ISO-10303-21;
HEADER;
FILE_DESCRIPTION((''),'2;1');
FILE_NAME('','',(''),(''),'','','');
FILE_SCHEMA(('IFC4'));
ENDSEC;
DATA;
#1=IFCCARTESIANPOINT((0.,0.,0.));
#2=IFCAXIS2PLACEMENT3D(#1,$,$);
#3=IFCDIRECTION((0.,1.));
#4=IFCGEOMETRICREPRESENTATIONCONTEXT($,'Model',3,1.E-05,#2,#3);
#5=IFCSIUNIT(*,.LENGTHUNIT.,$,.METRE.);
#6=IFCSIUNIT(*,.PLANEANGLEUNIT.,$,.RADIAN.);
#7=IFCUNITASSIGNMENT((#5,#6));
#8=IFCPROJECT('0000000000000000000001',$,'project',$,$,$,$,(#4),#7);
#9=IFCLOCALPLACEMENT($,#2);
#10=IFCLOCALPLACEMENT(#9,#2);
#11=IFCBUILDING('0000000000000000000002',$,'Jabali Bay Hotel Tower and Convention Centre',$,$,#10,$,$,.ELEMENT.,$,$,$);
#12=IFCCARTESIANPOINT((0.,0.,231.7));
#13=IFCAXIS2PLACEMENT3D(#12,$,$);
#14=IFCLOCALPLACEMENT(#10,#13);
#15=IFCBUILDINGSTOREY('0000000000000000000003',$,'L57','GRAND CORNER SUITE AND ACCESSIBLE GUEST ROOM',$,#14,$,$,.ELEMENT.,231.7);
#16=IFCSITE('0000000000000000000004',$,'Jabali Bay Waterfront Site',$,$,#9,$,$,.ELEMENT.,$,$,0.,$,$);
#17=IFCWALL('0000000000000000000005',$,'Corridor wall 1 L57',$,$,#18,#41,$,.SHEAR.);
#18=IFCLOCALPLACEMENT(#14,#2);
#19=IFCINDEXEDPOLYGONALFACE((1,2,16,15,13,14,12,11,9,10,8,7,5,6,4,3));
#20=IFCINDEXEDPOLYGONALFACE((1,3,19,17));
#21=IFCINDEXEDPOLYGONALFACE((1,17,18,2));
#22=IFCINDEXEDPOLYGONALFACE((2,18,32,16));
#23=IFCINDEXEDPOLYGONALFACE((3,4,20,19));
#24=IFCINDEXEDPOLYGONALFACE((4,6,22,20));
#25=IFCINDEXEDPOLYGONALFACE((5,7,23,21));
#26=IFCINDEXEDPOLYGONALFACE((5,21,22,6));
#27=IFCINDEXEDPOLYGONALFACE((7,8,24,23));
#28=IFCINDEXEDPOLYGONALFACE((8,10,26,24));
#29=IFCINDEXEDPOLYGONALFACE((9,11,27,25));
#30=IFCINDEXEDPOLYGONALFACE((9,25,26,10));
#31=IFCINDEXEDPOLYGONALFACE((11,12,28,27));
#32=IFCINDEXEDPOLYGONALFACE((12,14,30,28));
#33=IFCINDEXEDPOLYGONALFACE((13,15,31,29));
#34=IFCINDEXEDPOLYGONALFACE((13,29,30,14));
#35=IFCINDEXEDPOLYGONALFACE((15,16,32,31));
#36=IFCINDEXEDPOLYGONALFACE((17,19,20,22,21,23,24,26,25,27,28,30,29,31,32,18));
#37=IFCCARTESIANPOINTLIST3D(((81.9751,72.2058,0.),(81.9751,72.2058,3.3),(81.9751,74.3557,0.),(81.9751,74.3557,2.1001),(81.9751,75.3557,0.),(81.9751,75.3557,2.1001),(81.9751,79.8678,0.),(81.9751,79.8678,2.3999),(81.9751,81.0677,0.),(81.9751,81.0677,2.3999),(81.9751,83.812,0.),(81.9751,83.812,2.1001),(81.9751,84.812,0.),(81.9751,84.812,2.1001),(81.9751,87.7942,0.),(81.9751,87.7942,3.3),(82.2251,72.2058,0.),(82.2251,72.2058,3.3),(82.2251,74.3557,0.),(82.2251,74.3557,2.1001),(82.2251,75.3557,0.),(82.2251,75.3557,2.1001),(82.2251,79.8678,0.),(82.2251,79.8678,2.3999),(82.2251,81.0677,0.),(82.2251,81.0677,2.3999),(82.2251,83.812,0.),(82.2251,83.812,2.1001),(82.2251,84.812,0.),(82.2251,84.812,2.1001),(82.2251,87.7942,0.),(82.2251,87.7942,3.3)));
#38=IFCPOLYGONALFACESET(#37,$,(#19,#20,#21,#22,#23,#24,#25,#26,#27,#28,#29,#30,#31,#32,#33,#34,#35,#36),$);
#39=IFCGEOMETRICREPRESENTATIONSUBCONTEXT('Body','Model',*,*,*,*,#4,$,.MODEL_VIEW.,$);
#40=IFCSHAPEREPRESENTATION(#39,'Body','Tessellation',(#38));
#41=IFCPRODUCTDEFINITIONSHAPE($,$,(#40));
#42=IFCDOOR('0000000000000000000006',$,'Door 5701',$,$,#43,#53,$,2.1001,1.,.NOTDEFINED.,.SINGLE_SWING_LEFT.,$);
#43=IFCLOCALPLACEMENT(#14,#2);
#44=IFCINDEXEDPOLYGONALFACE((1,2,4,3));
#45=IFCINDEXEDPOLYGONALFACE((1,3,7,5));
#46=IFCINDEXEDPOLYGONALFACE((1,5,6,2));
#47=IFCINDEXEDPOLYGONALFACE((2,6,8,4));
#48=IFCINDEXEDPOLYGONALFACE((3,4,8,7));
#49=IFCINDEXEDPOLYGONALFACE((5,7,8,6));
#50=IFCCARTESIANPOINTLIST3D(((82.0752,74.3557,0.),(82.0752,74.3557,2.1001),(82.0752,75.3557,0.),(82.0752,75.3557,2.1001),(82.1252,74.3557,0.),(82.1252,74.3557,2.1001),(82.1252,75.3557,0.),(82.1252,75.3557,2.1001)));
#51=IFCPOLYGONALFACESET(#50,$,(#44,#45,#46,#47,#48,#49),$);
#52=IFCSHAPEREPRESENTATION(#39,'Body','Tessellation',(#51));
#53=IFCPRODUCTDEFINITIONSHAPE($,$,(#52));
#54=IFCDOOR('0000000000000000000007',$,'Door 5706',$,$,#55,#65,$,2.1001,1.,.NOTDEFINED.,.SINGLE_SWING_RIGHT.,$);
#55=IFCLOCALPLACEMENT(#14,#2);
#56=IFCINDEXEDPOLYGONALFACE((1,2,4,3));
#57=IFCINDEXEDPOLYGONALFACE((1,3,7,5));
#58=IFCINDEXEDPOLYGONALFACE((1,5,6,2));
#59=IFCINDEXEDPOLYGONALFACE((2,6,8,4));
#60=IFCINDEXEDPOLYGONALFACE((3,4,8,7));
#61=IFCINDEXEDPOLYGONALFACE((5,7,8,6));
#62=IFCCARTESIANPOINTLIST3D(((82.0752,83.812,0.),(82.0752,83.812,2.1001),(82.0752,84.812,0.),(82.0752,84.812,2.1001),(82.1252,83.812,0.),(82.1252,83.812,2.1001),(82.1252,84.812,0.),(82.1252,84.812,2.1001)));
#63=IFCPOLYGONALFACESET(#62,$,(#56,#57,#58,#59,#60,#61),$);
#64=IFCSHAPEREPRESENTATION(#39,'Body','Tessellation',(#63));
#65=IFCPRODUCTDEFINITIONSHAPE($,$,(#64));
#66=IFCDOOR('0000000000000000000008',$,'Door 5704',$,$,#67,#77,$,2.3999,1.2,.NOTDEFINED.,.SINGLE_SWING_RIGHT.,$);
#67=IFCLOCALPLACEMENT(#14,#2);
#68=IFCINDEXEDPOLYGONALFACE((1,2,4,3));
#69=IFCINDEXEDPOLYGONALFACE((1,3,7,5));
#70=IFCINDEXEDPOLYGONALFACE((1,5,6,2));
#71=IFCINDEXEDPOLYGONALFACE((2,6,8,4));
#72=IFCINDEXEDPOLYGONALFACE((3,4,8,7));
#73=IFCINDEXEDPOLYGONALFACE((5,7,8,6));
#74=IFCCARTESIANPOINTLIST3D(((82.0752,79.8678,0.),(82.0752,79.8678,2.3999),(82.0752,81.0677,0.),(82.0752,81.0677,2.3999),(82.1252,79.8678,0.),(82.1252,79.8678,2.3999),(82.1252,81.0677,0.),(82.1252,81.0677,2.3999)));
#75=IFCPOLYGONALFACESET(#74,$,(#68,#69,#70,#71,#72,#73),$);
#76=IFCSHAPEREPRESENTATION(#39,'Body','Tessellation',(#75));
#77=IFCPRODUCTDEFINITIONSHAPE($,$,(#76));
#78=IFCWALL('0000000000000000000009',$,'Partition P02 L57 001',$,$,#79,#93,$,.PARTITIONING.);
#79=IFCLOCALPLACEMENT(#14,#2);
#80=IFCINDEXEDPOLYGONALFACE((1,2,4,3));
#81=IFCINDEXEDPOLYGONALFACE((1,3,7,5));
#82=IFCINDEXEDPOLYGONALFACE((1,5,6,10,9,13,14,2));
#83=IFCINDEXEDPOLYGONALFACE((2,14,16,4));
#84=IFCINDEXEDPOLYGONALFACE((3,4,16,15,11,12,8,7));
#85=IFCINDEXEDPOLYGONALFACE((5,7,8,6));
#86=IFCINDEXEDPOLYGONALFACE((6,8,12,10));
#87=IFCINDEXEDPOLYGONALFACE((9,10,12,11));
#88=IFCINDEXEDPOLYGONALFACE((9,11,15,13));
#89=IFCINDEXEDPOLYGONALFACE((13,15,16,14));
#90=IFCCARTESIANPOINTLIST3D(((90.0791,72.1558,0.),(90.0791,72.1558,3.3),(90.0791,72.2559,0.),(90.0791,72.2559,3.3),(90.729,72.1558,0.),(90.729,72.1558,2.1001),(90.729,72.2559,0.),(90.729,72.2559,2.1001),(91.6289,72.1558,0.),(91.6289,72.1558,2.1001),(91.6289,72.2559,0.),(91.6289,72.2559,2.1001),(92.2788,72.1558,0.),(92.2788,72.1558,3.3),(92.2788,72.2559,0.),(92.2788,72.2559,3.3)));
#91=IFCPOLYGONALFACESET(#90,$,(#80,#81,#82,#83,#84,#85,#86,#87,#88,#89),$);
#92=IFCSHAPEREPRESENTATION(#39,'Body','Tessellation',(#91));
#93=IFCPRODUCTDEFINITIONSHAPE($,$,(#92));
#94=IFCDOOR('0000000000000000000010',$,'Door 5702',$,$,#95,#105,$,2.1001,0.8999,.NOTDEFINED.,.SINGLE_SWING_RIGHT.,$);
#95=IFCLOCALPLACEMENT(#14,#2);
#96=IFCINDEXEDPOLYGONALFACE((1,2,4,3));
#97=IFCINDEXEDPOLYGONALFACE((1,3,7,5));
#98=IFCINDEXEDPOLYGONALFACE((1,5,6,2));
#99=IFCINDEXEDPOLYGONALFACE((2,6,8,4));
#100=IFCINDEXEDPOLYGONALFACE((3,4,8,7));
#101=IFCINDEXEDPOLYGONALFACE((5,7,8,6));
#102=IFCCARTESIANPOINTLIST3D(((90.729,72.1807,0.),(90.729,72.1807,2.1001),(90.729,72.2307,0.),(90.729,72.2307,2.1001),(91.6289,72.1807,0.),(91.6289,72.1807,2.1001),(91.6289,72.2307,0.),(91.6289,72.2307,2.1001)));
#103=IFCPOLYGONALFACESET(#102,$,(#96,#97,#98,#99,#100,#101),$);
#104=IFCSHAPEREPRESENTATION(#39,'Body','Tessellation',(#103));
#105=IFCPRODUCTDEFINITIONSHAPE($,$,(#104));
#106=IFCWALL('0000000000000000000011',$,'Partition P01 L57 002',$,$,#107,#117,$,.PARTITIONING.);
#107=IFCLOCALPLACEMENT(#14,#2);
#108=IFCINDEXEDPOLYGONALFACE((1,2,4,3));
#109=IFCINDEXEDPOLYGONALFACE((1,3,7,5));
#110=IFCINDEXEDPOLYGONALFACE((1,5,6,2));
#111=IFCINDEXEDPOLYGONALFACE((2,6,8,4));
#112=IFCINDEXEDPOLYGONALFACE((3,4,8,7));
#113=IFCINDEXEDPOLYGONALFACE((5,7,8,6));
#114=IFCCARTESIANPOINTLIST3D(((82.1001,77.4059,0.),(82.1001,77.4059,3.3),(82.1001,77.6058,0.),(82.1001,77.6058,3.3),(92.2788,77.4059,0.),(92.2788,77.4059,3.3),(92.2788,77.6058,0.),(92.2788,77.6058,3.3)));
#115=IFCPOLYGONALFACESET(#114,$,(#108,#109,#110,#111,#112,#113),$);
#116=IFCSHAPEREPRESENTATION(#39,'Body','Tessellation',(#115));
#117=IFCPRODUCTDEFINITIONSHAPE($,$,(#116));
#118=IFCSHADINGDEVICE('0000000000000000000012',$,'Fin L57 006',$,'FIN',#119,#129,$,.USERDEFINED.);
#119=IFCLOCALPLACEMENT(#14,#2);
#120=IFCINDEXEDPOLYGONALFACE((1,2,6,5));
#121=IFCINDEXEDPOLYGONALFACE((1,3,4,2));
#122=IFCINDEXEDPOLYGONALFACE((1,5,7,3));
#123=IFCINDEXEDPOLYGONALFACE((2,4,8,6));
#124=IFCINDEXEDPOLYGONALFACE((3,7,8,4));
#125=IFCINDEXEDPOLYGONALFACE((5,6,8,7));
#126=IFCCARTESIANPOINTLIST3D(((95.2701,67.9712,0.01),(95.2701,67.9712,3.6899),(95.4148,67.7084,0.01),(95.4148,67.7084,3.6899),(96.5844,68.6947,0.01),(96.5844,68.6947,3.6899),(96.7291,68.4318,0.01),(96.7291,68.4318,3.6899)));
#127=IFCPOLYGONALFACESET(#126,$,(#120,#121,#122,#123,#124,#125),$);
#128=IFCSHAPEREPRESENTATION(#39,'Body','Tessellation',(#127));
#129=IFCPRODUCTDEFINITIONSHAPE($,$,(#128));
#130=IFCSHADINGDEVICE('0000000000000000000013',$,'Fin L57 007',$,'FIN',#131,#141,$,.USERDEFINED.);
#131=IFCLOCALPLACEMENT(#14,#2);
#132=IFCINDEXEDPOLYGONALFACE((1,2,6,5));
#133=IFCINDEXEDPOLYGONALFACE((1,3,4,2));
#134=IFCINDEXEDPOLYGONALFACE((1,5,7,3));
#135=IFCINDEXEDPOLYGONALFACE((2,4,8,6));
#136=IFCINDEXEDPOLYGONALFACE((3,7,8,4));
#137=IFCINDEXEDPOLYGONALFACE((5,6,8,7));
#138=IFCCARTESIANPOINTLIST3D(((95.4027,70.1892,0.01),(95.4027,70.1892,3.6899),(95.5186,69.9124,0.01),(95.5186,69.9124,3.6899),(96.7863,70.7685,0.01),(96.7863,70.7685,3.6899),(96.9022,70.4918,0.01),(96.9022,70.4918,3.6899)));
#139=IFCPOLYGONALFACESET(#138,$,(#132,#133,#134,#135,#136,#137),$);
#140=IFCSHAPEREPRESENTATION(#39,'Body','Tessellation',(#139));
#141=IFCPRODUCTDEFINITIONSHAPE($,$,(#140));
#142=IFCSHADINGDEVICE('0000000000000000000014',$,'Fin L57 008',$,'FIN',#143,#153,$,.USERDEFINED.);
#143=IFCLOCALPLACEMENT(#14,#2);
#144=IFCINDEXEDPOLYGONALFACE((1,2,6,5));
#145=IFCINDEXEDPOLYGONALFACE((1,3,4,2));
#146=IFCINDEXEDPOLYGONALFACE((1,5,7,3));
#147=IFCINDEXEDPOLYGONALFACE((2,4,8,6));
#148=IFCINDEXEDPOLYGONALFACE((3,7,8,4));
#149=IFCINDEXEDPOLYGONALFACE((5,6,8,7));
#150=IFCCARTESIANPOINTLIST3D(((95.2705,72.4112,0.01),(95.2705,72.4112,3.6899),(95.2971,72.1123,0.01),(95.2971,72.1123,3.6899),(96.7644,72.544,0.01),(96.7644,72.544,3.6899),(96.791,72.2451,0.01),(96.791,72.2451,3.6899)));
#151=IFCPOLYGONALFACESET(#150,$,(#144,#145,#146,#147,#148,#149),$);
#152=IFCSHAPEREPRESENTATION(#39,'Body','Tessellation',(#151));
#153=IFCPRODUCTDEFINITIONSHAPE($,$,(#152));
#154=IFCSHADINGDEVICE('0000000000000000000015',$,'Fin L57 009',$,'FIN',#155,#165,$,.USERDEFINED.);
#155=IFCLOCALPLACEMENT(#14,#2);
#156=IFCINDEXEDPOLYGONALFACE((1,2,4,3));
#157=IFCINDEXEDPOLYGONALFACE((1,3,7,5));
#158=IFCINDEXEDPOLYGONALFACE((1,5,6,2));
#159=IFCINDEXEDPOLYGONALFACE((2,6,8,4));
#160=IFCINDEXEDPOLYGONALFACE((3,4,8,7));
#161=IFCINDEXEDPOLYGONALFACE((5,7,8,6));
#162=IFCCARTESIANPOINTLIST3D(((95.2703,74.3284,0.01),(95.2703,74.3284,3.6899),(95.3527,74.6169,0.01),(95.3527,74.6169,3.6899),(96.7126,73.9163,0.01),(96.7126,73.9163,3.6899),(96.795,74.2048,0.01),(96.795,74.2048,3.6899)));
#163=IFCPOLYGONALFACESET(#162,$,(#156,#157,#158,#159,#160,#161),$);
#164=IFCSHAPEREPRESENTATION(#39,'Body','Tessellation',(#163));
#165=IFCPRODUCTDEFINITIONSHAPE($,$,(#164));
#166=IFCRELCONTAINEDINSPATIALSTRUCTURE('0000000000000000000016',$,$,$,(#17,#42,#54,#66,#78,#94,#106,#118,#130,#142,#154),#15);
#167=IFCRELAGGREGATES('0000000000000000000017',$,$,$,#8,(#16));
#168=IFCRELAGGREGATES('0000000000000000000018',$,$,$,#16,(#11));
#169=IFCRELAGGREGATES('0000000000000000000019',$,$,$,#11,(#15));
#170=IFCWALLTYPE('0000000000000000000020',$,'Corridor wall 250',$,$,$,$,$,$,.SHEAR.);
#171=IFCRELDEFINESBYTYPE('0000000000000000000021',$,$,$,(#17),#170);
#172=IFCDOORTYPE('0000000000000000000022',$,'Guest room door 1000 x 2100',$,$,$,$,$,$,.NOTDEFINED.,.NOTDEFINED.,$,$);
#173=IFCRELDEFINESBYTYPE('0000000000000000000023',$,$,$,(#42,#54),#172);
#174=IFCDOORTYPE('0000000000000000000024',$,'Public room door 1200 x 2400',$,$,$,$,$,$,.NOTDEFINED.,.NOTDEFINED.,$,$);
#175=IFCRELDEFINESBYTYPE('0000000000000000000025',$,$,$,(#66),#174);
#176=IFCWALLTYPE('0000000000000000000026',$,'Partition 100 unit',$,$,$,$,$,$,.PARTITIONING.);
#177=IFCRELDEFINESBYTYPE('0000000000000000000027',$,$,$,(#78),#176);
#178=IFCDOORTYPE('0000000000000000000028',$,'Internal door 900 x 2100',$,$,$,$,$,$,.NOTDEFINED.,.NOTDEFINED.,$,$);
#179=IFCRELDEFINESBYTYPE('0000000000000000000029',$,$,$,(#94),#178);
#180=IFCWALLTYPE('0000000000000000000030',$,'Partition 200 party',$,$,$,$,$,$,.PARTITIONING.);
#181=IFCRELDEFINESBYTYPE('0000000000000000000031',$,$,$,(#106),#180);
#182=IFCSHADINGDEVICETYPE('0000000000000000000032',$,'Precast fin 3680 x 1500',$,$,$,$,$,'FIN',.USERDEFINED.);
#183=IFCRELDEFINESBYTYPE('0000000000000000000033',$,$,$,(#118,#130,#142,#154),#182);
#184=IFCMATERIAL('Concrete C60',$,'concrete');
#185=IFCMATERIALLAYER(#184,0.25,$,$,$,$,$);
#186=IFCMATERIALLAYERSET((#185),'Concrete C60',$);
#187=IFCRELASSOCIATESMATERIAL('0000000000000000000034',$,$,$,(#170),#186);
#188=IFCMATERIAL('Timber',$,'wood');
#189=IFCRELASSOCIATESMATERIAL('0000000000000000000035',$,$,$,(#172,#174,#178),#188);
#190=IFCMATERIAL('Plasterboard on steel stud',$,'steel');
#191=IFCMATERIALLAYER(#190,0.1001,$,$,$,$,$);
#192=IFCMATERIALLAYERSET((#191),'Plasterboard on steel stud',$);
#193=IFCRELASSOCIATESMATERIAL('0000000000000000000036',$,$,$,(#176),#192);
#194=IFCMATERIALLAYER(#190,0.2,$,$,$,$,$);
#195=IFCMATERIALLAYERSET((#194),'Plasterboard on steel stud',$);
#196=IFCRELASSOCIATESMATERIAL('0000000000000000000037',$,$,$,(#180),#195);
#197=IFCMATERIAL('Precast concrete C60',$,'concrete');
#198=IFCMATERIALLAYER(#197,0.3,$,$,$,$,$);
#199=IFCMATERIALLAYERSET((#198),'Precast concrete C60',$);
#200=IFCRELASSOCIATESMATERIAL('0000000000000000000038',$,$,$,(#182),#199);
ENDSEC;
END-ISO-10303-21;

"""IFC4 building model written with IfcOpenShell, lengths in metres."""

from ifc_helpers import new_model, si_unit, direction, frame, frame_2d, origin, place, context, subcontext, project, spatial, rectangle, extrude, material, layer, layer_set, type_object, element, fill, save


model = new_model("IFC4")

# Units and contexts
model_context = context("Model", 3, precision=1e-05, world=origin(), true_north=direction((0.0, 1.0)))
body_context = subcontext(model_context, "Body", "Model", "MODEL_VIEW")
ifc_project = project(units=[si_unit("LENGTHUNIT", "METRE"), si_unit("PLANEANGLEUNIT", "RADIAN")], contexts=[model_context])

# Site, building, storey
site_placement = place(None, origin())
site = spatial("IfcSite", under=ifc_project, at=site_placement, Name="Jabali Bay Waterfront Site", CompositionType="ELEMENT", RefElevation=0.0)
building_placement = place(site_placement, origin())
building = spatial("IfcBuilding", under=site, at=building_placement, Name="Jabali Bay Hotel Tower and Convention Centre", CompositionType="ELEMENT")
storey_placement = place(building_placement, frame((0.0, 0.0, 231.7)))
storey = spatial("IfcBuildingStorey", under=building, at=storey_placement, Name="L57", Description="GRAND CORNER SUITE AND ACCESSIBLE GUEST ROOM", CompositionType="ELEMENT", Elevation=231.7)

# Shared definitions
ifc_material_1 = material(Name="Concrete C60", Category="concrete")

# Wall, openings, doors
ifc_layer_1 = layer(ifc_material_1, 0.25)
ifc_layer_set_1 = layer_set([ifc_layer_1], Name="Concrete C60")
wall_type_1 = type_object("IfcWallType", Name="Corridor wall 250", PredefinedType="SHEAR", material=ifc_layer_set_1)
wall_1_placement = place(storey_placement, frame((82.1001, 72.2058, 0.0), z_axis=(0.0, 0.0, 1.0), x_axis=(0.0, 1.0, 0.0)))
wall_1 = element("IfcWall", 1, at=wall_1_placement, inside=storey, type_object=wall_type_1, Name="Corridor wall 1 L57", PredefinedType="SHEAR", context=body_context, shape_type="SweptSolid", body=[
    extrude(rectangle(XDim=15.5884, YDim=0.25, at=frame_2d((7.7942, 0.0))), origin(), (0.0, 0.0, 1.0), 3.3),
])
opening_1_placement = place(wall_1_placement, frame((2.1499, 0.0, 0.0)))
opening_1 = element("IfcOpeningElement", 2, at=opening_1_placement, cuts=wall_1, PredefinedType="OPENING", context=body_context, shape_type="SweptSolid", body=[
    extrude(rectangle(XDim=1.0, YDim=2.1001, at=frame_2d((0.5, 1.05))), frame((0.0, 0.1355, 0.0), z_axis=(0.0, -1.0, 0.0), x_axis=(1.0, 0.0, 0.0)), (0.0, 0.0, 1.0), 0.271),
])
opening_2_placement = place(wall_1_placement, frame((7.6619, 0.0, 0.0)))
opening_2 = element("IfcOpeningElement", 3, at=opening_2_placement, cuts=wall_1, PredefinedType="OPENING", context=body_context, shape_type="SweptSolid", body=[
    extrude(rectangle(XDim=1.2, YDim=2.3999, at=frame_2d((0.6001, 1.2))), frame((0.0, 0.1355, 0.0), z_axis=(0.0, -1.0, 0.0), x_axis=(1.0, 0.0, 0.0)), (0.0, 0.0, 1.0), 0.271),
])
opening_3_placement = place(wall_1_placement, frame((11.6062, 0.0, 0.0)))
opening_3 = element("IfcOpeningElement", 4, at=opening_3_placement, cuts=wall_1, PredefinedType="OPENING", context=body_context, shape_type="SweptSolid", body=[
    extrude(rectangle(XDim=1.0, YDim=2.1001, at=frame_2d((0.5, 1.05))), frame((0.0, 0.1355, 0.0), z_axis=(0.0, -1.0, 0.0), x_axis=(1.0, 0.0, 0.0)), (0.0, 0.0, 1.0), 0.271),
])
ifc_material_2 = material(Name="Timber", Category="wood")
door_type_1 = type_object("IfcDoorType", Name="Guest room door 1000 x 2100", OperationType="NOTDEFINED", PredefinedType="NOTDEFINED", material=ifc_material_2)
door_1_placement = place(opening_1_placement, origin())
door_1 = element("IfcDoor", 5, at=door_1_placement, inside=storey, type_object=door_type_1, Name="Door 5701", OperationType="SINGLE_SWING_LEFT", OverallHeight=2.1001, OverallWidth=1.0, PredefinedType="NOTDEFINED", context=body_context, shape_type="SweptSolid", body=[
    extrude(rectangle(XDim=1.0, YDim=2.1001, at=frame_2d((0.5, 1.05))), frame((0.0, 0.0249, 0.0), z_axis=(0.0, -1.0, 0.0), x_axis=(1.0, 0.0, 0.0)), (0.0, 0.0, 1.0), 0.05),
])
fill(opening_1, door_1)
door_2_placement = place(opening_3_placement, origin())
door_2 = element("IfcDoor", 6, at=door_2_placement, inside=storey, type_object=door_type_1, Name="Door 5706", OperationType="SINGLE_SWING_RIGHT", OverallHeight=2.1001, OverallWidth=1.0, PredefinedType="NOTDEFINED", context=body_context, shape_type="SweptSolid", body=[
    extrude(rectangle(XDim=1.0, YDim=2.1001, at=frame_2d((0.5, 1.05))), frame((0.0, 0.0249, 0.0), z_axis=(0.0, -1.0, 0.0), x_axis=(1.0, 0.0, 0.0)), (0.0, 0.0, 1.0), 0.05),
])
fill(opening_3, door_2)
door_type_2 = type_object("IfcDoorType", Name="Public room door 1200 x 2400", OperationType="NOTDEFINED", PredefinedType="NOTDEFINED", material=ifc_material_2)
door_3_placement = place(opening_2_placement, origin())
door_3 = element("IfcDoor", 7, at=door_3_placement, inside=storey, type_object=door_type_2, Name="Door 5704", OperationType="SINGLE_SWING_RIGHT", OverallHeight=2.3999, OverallWidth=1.2, PredefinedType="NOTDEFINED", context=body_context, shape_type="SweptSolid", body=[
    extrude(rectangle(XDim=1.2, YDim=2.3999, at=frame_2d((0.6001, 1.2))), frame((0.0, 0.0249, 0.0), z_axis=(0.0, -1.0, 0.0), x_axis=(1.0, 0.0, 0.0)), (0.0, 0.0, 1.0), 0.05),
])
fill(opening_2, door_3)

# Wall, opening, door
ifc_material_3 = material(Name="Plasterboard on steel stud", Category="steel")
ifc_layer_2 = layer(ifc_material_3, 0.1001)
ifc_layer_set_2 = layer_set([ifc_layer_2], Name="Plasterboard on steel stud")
wall_type_2 = type_object("IfcWallType", Name="Partition 100 unit", PredefinedType="PARTITIONING", material=ifc_layer_set_2)
wall_2_placement = place(storey_placement, frame((90.0791, 72.2058, 0.0), z_axis=(0.0, 0.0, 1.0), x_axis=(1.0, 0.0, 0.0)))
wall_2 = element("IfcWall", 8, at=wall_2_placement, inside=storey, type_object=wall_type_2, Name="Partition P02 L57 001", PredefinedType="PARTITIONING", context=body_context, shape_type="SweptSolid", body=[
    extrude(rectangle(XDim=2.1997, YDim=0.1001, at=frame_2d((1.0999, 0.0))), origin(), (0.0, 0.0, 1.0), 3.3),
])
opening_4_placement = place(wall_2_placement, frame((0.6499, 0.0, 0.0)))
opening_4 = element("IfcOpeningElement", 9, at=opening_4_placement, cuts=wall_2, PredefinedType="OPENING", context=body_context, shape_type="SweptSolid", body=[
    extrude(rectangle(XDim=0.8999, YDim=2.1001, at=frame_2d((0.45, 1.05))), frame((0.0, 0.0605, 0.0), z_axis=(0.0, -1.0, 0.0), x_axis=(1.0, 0.0, 0.0)), (0.0, 0.0, 1.0), 0.1211),
])
door_type_3 = type_object("IfcDoorType", Name="Internal door 900 x 2100", OperationType="NOTDEFINED", PredefinedType="NOTDEFINED", material=ifc_material_2)
door_4_placement = place(opening_4_placement, origin())
door_4 = element("IfcDoor", 10, at=door_4_placement, inside=storey, type_object=door_type_3, Name="Door 5702", OperationType="SINGLE_SWING_RIGHT", OverallHeight=2.1001, OverallWidth=0.8999, PredefinedType="NOTDEFINED", context=body_context, shape_type="SweptSolid", body=[
    extrude(rectangle(XDim=0.8999, YDim=2.1001, at=frame_2d((0.45, 1.05))), frame((0.0, 0.0249, 0.0), z_axis=(0.0, -1.0, 0.0), x_axis=(1.0, 0.0, 0.0)), (0.0, 0.0, 1.0), 0.05),
])
fill(opening_4, door_4)

# Wall
ifc_layer_3 = layer(ifc_material_3, 0.2)
ifc_layer_set_3 = layer_set([ifc_layer_3], Name="Plasterboard on steel stud")
wall_type_3 = type_object("IfcWallType", Name="Partition 200 party", PredefinedType="PARTITIONING", material=ifc_layer_set_3)
wall_3_placement = place(storey_placement, frame((92.2788, 77.5059, 0.0), z_axis=(0.0, 0.0, 1.0), x_axis=(-1.0, 0.0, 0.0)))
element("IfcWall", 11, at=wall_3_placement, inside=storey, type_object=wall_type_3, Name="Partition P01 L57 002", PredefinedType="PARTITIONING", context=body_context, shape_type="SweptSolid", body=[
    extrude(rectangle(XDim=10.1787, YDim=0.2, at=frame_2d((5.0894, 0.0))), origin(), (0.0, 0.0, 1.0), 3.3),
])

# Shading devices
ifc_material_4 = material(Name="Precast concrete C60", Category="concrete")
ifc_layer_4 = layer(ifc_material_4, 0.3)
ifc_layer_set_4 = layer_set([ifc_layer_4], Name="Precast concrete C60")
shading_device_type = type_object("IfcShadingDeviceType", Name="Precast fin 3680 x 1500", ElementType="FIN", PredefinedType="USERDEFINED", material=ifc_layer_set_4)
shading_device_1_placement = place(storey_placement, frame((95.3425, 67.8398, 0.01), z_axis=(0.0, 0.0, 1.0), x_axis=(0.876054, 0.482212, 0.0)))
element("IfcShadingDevice", 12, at=shading_device_1_placement, inside=storey, type_object=shading_device_type, Name="Fin L57 006", ObjectType="FIN", PredefinedType="USERDEFINED", context=body_context, shape_type="SweptSolid", body=[
    extrude(rectangle(XDim=1.5002, YDim=0.3, at=frame_2d((0.75, 0.0))), origin(), (0.0, 0.0, 1.0), 3.6799),
])
shading_device_2_placement = place(storey_placement, frame((95.4607, 70.0508, 0.01), z_axis=(0.0, 0.0, 1.0), x_axis=(0.922396, 0.386244, 0.0)))
element("IfcShadingDevice", 13, at=shading_device_2_placement, inside=storey, type_object=shading_device_type, Name="Fin L57 007", ObjectType="FIN", PredefinedType="USERDEFINED", context=body_context, shape_type="SweptSolid", body=[
    extrude(rectangle(XDim=1.5, YDim=0.3, at=frame_2d((0.75, 0.0))), origin(), (0.0, 0.0, 1.0), 3.6799),
])
shading_device_3_placement = place(storey_placement, frame((95.2837, 72.2617, 0.01), z_axis=(0.0, 0.0, 1.0), x_axis=(0.996071, 0.088554, 0.0)))
element("IfcShadingDevice", 14, at=shading_device_3_placement, inside=storey, type_object=shading_device_type, Name="Fin L57 008", ObjectType="FIN", PredefinedType="USERDEFINED", context=body_context, shape_type="SweptSolid", body=[
    extrude(rectangle(XDim=1.4998, YDim=0.3, at=frame_2d((0.75, 0.0))), origin(), (0.0, 0.0, 1.0), 3.6799),
])
shading_device_4_placement = place(storey_placement, frame((95.3115, 74.4727, 0.01), z_axis=(0.0, 0.0, 1.0), x_axis=(0.961524, -0.274721, 0.0)))
element("IfcShadingDevice", 15, at=shading_device_4_placement, inside=storey, type_object=shading_device_type, Name="Fin L57 009", ObjectType="FIN", PredefinedType="USERDEFINED", context=body_context, shape_type="SweptSolid", body=[
    extrude(rectangle(XDim=1.5, YDim=0.3, at=frame_2d((0.75, 0.0))), origin(), (0.0, 0.0, 1.0), 3.6799),
])

save(model, "model.ifc")
